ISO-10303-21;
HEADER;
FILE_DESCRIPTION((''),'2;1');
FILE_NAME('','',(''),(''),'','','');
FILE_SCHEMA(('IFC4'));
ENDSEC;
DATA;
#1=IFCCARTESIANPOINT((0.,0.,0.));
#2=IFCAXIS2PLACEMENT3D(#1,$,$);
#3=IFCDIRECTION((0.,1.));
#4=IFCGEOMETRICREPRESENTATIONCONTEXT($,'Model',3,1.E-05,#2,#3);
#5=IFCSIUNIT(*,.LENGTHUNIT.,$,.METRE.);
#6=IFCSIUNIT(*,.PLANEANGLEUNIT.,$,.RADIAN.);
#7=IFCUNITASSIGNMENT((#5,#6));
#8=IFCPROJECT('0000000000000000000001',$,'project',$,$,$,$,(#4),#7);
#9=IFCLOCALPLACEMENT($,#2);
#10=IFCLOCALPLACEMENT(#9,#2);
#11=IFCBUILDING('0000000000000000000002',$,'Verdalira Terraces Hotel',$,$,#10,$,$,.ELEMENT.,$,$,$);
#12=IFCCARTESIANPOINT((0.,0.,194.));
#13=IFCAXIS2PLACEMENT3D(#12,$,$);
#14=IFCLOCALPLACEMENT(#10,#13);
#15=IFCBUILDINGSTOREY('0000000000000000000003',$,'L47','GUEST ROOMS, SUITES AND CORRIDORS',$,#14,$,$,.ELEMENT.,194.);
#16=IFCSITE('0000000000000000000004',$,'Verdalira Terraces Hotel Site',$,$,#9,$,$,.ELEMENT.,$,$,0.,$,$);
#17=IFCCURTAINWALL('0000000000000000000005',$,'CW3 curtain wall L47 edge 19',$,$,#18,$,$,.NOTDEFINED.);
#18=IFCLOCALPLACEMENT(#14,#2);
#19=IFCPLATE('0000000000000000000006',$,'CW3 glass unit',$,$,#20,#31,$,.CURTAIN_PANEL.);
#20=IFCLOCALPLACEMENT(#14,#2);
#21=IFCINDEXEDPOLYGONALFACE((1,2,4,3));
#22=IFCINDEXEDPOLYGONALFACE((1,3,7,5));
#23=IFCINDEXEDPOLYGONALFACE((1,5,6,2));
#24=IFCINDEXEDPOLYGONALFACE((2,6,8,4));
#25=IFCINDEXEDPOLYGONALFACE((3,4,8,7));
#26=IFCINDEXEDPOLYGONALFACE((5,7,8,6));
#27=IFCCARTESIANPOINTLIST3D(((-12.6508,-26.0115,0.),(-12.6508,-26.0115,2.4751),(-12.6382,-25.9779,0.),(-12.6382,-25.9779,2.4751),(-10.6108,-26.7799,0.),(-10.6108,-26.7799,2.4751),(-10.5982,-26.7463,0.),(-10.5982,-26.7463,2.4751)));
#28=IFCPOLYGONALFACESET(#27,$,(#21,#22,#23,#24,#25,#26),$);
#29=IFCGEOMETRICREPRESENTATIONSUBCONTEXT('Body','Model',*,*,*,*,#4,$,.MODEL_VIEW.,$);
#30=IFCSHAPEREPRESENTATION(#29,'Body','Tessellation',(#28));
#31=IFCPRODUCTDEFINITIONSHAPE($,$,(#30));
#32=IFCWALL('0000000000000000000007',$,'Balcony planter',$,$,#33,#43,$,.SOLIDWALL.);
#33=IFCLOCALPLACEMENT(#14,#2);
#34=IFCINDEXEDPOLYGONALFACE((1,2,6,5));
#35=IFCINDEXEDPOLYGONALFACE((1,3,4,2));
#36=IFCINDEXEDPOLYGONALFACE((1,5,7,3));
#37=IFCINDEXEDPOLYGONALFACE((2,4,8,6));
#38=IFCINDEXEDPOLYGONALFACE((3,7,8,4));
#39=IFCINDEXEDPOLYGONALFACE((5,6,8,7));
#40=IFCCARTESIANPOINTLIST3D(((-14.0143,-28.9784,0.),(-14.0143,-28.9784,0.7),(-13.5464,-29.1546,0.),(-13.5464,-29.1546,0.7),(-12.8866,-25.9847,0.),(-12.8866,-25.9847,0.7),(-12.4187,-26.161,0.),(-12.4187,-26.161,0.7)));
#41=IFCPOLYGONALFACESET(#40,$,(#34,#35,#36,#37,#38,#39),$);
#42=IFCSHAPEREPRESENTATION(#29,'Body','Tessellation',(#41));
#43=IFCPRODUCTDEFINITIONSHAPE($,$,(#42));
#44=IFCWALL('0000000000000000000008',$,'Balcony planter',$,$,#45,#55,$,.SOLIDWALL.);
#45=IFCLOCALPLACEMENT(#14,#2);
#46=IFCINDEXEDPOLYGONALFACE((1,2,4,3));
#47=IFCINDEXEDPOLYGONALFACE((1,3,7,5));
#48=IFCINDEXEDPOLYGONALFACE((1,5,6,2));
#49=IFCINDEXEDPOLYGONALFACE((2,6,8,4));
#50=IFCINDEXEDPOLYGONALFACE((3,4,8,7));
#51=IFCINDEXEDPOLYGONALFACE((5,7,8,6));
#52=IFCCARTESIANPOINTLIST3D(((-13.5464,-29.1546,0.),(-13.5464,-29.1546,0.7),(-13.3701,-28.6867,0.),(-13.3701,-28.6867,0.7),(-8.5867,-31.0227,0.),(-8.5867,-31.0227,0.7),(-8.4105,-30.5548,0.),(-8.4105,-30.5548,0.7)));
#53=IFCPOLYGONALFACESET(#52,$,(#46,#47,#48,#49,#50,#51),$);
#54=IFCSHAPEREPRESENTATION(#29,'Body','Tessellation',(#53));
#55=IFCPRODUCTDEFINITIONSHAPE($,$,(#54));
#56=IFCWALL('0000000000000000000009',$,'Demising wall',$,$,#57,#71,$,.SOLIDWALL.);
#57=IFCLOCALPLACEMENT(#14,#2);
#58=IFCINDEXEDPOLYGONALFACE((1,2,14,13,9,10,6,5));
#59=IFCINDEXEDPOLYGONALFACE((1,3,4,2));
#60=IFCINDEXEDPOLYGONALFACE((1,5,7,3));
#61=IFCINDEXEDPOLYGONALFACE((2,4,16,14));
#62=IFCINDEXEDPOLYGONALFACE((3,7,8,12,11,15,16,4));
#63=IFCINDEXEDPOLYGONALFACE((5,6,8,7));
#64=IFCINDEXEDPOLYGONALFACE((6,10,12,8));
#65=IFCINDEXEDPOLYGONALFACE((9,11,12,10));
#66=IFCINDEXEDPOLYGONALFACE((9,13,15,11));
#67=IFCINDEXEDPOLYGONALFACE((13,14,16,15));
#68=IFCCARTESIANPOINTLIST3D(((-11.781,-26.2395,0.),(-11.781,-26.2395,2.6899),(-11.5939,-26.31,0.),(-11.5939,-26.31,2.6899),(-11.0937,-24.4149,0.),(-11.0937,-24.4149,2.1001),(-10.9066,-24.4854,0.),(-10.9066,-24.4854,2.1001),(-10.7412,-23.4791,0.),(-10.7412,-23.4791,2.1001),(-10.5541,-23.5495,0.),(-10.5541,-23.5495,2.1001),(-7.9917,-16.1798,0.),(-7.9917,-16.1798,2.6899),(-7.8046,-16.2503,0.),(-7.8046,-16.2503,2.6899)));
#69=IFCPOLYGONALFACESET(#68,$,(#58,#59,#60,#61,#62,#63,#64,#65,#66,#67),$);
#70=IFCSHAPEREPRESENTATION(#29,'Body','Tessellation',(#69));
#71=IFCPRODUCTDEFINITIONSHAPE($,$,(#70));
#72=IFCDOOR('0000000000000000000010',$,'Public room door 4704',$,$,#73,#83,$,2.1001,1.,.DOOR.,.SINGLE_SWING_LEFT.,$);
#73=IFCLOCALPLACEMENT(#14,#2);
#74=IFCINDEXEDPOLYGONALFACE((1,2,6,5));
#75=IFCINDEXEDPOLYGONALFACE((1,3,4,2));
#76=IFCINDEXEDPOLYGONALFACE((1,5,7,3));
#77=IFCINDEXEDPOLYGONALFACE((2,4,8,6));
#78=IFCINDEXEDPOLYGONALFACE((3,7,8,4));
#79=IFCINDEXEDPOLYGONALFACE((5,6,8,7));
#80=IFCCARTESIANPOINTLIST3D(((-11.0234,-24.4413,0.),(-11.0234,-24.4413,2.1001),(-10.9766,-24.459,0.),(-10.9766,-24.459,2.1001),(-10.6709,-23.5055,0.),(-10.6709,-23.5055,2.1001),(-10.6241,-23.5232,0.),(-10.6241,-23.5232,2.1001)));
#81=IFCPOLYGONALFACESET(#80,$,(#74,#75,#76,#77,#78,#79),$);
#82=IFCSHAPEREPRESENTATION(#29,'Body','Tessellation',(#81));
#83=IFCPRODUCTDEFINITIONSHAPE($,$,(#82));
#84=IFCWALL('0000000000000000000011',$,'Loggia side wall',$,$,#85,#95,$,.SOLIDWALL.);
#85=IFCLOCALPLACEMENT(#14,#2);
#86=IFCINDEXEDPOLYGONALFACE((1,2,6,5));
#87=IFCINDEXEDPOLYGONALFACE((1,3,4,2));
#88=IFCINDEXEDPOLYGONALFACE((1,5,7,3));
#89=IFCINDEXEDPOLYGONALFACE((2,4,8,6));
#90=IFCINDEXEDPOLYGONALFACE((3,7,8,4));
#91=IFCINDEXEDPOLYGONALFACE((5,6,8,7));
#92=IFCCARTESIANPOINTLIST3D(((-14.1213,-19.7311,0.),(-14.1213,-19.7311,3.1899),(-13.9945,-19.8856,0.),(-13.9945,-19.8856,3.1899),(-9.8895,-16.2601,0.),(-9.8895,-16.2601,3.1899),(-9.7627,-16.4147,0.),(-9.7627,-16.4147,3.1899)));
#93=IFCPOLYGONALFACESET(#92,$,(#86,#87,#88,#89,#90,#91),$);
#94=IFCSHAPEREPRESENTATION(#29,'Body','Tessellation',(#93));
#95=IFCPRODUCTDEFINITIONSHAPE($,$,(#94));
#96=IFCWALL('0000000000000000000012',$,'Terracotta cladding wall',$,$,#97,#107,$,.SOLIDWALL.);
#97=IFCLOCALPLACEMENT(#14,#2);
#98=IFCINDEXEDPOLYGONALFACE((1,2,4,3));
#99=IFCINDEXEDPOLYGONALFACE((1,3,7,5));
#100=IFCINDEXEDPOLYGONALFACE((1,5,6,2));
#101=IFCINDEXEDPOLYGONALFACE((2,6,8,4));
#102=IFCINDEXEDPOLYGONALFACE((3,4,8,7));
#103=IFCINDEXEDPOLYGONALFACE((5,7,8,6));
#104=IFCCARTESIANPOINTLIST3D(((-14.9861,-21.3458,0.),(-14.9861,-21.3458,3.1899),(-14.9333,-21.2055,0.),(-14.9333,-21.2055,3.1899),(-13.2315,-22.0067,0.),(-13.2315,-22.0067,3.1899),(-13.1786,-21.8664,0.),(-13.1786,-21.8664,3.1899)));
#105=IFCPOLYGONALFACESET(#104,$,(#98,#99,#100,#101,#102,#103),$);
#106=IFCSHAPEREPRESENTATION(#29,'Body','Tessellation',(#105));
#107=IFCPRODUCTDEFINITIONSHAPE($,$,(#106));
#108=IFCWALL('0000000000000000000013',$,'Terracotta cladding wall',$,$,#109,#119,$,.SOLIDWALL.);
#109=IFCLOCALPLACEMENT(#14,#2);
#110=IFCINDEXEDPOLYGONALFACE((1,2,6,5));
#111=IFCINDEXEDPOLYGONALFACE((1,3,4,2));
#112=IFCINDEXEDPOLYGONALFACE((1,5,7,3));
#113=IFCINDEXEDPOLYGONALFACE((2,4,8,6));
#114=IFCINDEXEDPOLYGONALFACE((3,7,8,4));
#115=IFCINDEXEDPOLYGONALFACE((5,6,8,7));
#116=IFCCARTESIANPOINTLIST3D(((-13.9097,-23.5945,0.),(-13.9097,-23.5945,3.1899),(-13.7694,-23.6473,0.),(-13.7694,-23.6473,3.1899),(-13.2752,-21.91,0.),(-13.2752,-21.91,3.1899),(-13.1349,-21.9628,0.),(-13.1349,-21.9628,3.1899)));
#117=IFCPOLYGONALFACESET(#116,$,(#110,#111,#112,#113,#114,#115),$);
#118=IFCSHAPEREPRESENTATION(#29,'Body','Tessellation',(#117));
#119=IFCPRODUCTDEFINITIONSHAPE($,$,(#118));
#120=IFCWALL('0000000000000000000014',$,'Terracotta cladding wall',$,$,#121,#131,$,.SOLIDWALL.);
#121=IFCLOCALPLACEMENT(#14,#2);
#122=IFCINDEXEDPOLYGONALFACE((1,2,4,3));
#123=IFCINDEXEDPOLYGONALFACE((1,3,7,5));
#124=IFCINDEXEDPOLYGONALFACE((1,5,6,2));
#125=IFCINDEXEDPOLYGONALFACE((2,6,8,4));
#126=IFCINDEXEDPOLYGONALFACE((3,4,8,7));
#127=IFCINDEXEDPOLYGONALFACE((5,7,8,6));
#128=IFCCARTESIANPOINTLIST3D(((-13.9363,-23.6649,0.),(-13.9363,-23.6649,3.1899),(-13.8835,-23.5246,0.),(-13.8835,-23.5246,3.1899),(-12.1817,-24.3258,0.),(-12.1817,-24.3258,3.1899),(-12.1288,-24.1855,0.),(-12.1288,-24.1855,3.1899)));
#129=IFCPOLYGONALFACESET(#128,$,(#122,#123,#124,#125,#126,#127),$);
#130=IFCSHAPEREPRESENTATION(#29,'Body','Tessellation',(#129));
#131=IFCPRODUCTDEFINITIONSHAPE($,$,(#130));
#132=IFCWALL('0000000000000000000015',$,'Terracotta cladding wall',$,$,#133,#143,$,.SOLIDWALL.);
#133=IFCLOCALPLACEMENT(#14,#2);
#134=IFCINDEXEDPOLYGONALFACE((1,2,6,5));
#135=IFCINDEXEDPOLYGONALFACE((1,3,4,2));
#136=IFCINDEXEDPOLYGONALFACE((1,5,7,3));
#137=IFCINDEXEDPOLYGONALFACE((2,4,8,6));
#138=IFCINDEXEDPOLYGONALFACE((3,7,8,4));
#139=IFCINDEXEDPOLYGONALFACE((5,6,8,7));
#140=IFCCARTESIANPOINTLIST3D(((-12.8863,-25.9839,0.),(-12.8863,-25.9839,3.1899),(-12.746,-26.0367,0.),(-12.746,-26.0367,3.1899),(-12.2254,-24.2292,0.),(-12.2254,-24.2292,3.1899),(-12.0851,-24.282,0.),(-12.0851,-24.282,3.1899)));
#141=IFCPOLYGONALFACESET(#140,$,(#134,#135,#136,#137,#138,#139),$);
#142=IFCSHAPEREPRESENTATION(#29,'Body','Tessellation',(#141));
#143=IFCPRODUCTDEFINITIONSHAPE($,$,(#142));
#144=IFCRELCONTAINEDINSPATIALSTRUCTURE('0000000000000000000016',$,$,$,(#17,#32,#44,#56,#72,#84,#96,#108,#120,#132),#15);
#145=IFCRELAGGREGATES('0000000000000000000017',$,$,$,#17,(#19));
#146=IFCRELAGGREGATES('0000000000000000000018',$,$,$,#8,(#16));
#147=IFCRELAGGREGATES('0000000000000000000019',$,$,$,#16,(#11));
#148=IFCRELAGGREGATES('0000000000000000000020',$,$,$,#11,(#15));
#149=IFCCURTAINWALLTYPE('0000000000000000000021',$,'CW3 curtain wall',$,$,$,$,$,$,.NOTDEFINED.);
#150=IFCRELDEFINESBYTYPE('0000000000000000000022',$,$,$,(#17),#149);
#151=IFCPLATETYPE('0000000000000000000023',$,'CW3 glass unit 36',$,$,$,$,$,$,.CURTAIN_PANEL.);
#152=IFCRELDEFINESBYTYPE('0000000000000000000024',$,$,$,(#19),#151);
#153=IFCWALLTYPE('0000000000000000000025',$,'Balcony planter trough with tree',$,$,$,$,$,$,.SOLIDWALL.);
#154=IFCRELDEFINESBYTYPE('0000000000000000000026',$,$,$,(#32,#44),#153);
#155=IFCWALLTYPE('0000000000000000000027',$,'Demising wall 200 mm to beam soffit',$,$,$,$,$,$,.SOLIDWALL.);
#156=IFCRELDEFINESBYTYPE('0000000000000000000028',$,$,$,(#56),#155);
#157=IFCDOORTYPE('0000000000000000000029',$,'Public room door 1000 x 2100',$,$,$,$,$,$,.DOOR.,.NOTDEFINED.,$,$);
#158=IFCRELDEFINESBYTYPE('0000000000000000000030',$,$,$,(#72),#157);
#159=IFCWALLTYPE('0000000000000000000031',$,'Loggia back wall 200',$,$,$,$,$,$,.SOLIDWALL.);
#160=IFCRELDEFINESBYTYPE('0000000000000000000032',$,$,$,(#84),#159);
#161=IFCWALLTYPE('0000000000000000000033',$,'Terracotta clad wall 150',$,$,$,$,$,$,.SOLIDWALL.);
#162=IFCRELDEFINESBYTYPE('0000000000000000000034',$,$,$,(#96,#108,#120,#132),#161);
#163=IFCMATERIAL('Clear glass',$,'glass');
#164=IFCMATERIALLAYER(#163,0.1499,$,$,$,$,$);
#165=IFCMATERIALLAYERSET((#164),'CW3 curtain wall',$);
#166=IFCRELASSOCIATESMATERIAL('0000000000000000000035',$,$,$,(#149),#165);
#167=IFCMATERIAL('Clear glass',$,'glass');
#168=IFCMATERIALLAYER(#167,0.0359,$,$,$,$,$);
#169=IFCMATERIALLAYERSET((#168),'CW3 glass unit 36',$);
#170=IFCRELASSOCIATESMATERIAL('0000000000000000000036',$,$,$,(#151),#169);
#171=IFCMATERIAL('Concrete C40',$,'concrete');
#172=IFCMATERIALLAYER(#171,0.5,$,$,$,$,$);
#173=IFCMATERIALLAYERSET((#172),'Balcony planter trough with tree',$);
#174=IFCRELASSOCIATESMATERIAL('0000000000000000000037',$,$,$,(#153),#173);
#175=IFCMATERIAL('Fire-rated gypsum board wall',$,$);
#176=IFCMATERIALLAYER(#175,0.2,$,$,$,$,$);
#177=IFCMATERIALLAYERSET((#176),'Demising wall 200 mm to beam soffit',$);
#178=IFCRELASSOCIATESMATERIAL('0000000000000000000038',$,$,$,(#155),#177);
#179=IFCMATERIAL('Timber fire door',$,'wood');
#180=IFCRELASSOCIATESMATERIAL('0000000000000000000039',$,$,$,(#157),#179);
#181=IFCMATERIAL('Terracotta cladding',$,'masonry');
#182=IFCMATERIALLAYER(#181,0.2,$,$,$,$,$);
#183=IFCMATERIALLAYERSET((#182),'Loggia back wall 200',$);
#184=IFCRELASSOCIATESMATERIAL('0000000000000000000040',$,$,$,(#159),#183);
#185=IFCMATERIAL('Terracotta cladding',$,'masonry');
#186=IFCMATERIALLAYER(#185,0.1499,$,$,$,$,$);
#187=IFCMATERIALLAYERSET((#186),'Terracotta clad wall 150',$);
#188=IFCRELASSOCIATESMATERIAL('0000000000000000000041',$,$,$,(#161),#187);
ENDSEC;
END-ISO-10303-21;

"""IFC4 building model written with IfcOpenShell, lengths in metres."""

from ifc_helpers import new_model, si_unit, direction, frame, frame_2d, origin, origin_2d, place, context, subcontext, project, spatial, rectangle, extrude, material, layer, layer_set, type_object, element, fill, aggregate, save


model = new_model("IFC4")

# Units and contexts
model_context = context("Model", 3, precision=1e-05, world=origin(), true_north=direction((0.0, 1.0)))
body_context = subcontext(model_context, "Body", "Model", "MODEL_VIEW")
ifc_project = project(units=[si_unit("LENGTHUNIT", "METRE"), si_unit("PLANEANGLEUNIT", "RADIAN")], contexts=[model_context])

# Site, building, storey
site_placement = place(None, origin())
site = spatial("IfcSite", under=ifc_project, at=site_placement, Name="Verdalira Terraces Hotel Site", CompositionType="ELEMENT", RefElevation=0.0)
building_placement = place(site_placement, origin())
building = spatial("IfcBuilding", under=site, at=building_placement, Name="Verdalira Terraces Hotel", CompositionType="ELEMENT")
storey_placement = place(building_placement, frame((0.0, 0.0, 194.0)))
storey = spatial("IfcBuildingStorey", under=building, at=storey_placement, Name="L47", Description="GUEST ROOMS, SUITES AND CORRIDORS", CompositionType="ELEMENT", Elevation=194.0)

# Curtain wall
ifc_material_1 = material(Name="Clear glass", Category="glass")
ifc_layer_1 = layer(ifc_material_1, 0.1499)
ifc_layer_set_1 = layer_set([ifc_layer_1], Name="CW3 curtain wall")
curtain_wall_type_1 = type_object("IfcCurtainWallType", Name="CW3 curtain wall", PredefinedType="NOTDEFINED", material=ifc_layer_set_1)
curtain_wall_1_placement = place(storey_placement, origin())
curtain_wall_1 = element("IfcCurtainWall", 1, at=curtain_wall_1_placement, inside=storey, type_object=curtain_wall_type_1, Name="CW3 curtain wall L47 edge 19", PredefinedType="NOTDEFINED")

# Plate
ifc_material_2 = material(Name="Clear glass", Category="glass")
ifc_layer_2 = layer(ifc_material_2, 0.0359)
ifc_layer_set_2 = layer_set([ifc_layer_2], Name="CW3 glass unit 36")
plate_type_1 = type_object("IfcPlateType", Name="CW3 glass unit 36", PredefinedType="CURTAIN_PANEL", material=ifc_layer_set_2)
plate_1_placement = place(storey_placement, frame((-11.6245, -26.3789, 0.0), z_axis=(0.0, 0.0, 1.0), x_axis=(0.935814, -0.352495, 0.0)))
plate_1 = element("IfcPlate", 2, at=plate_1_placement, type_object=plate_type_1, Name="CW3 glass unit", PredefinedType="CURTAIN_PANEL", context=body_context, shape_type="SweptSolid", body=[
    extrude(rectangle(XDim=2.1799, YDim=0.0359, at=origin_2d()), origin(), (0.0, 0.0, 1.0), 2.4751),
])
aggregate(curtain_wall_1, [plate_1])

# Walls
ifc_material_3 = material(Name="Concrete C40", Category="concrete")
ifc_layer_3 = layer(ifc_material_3, 0.5)
ifc_layer_set_3 = layer_set([ifc_layer_3], Name="Balcony planter trough with tree")
wall_type_1 = type_object("IfcWallType", Name="Balcony planter trough with tree", PredefinedType="SOLIDWALL", material=ifc_layer_set_3)
wall_1_placement = place(storey_placement, frame((-12.6526, -26.0728, 0.0), z_axis=(0.0, 0.0, 1.0), x_axis=(-0.352511, -0.935808, 0.0)))
element("IfcWall", 3, at=wall_1_placement, inside=storey, type_object=wall_type_1, Name="Balcony planter", PredefinedType="SOLIDWALL", context=body_context, shape_type="SweptSolid", body=[
    extrude(rectangle(XDim=3.199, YDim=0.5, at=frame_2d((1.5996, 0.0))), origin(), (0.0, 0.0, 1.0), 0.7),
])
wall_2_placement = place(storey_placement, frame((-13.4583, -28.9207, 0.0), z_axis=(0.0, 0.0, 1.0), x_axis=(0.935815, -0.352491, 0.0)))
element("IfcWall", 4, at=wall_2_placement, inside=storey, type_object=wall_type_1, Name="Balcony planter", PredefinedType="SOLIDWALL", context=body_context, shape_type="SweptSolid", body=[
    extrude(rectangle(XDim=5.2998, YDim=0.5, at=frame_2d((2.6499, 0.0))), origin(), (0.0, 0.0, 1.0), 0.7),
])

# Wall, opening, door
ifc_material_4 = material(Name="Fire-rated gypsum board wall")
ifc_layer_4 = layer(ifc_material_4, 0.2)
ifc_layer_set_4 = layer_set([ifc_layer_4], Name="Demising wall 200 mm to beam soffit")
wall_type_2 = type_object("IfcWallType", Name="Demising wall 200 mm to beam soffit", PredefinedType="SOLIDWALL", material=ifc_layer_set_4)
wall_3_placement = place(storey_placement, frame((-11.6875, -26.2749, 0.0), z_axis=(0.0, 0.0, 1.0), x_axis=(0.352499, 0.935812, 0.0)))
wall_3 = element("IfcWall", 5, at=wall_3_placement, inside=storey, type_object=wall_type_2, Name="Demising wall", PredefinedType="SOLIDWALL", context=body_context, shape_type="SweptSolid", body=[
    extrude(rectangle(XDim=10.7498, YDim=0.2, at=frame_2d((5.375, 0.0))), origin(), (0.0, 0.0, 1.0), 2.6899),
])
opening_1_placement = place(wall_3_placement, frame((1.95, 0.0, 0.0)))
opening_1 = element("IfcOpeningElement", 6, at=opening_1_placement, cuts=wall_3, PredefinedType="OPENING", context=body_context, shape_type="SweptSolid", body=[
    extrude(rectangle(XDim=1.0, YDim=2.1001, at=frame_2d((0.5, 1.05))), frame((0.0, 0.1099, 0.0), z_axis=(0.0, -1.0, 0.0), x_axis=(1.0, 0.0, 0.0)), (0.0, 0.0, 1.0), 0.22),
])
ifc_material_5 = material(Name="Timber fire door", Category="wood")
door_type_1 = type_object("IfcDoorType", Name="Public room door 1000 x 2100", OperationType="NOTDEFINED", PredefinedType="DOOR", material=ifc_material_5)
door_1_placement = place(opening_1_placement, origin())
door_1 = element("IfcDoor", 7, at=door_1_placement, inside=storey, type_object=door_type_1, Name="Public room door 4704", OperationType="SINGLE_SWING_LEFT", OverallHeight=2.1001, OverallWidth=1.0, PredefinedType="DOOR", context=body_context, shape_type="SweptSolid", body=[
    extrude(rectangle(XDim=1.0, YDim=2.1001, at=frame_2d((0.5, 1.05))), frame((0.0, 0.0249, 0.0), z_axis=(0.0, -1.0, 0.0), x_axis=(1.0, 0.0, 0.0)), (0.0, 0.0, 1.0), 0.05),
])
fill(opening_1, door_1)

# Walls
ifc_material_6 = material(Name="Terracotta cladding", Category="masonry")
ifc_layer_5 = layer(ifc_material_6, 0.2)
ifc_layer_set_5 = layer_set([ifc_layer_5], Name="Loggia back wall 200")
wall_type_3 = type_object("IfcWallType", Name="Loggia back wall 200", PredefinedType="SOLIDWALL", material=ifc_layer_set_5)
wall_4_placement = place(storey_placement, frame((-14.0579, -19.8084, 0.0), z_axis=(0.0, 0.0, 1.0), x_axis=(0.773182, 0.634185, 0.0)))
element("IfcWall", 8, at=wall_4_placement, inside=storey, type_object=wall_type_3, Name="Loggia side wall", PredefinedType="SOLIDWALL", context=body_context, shape_type="SweptSolid", body=[
    extrude(rectangle(XDim=5.4731, YDim=0.2, at=frame_2d((2.7366, 0.0))), origin(), (0.0, 0.0, 1.0), 3.1899),
])
ifc_material_7 = material(Name="Terracotta cladding", Category="masonry")
ifc_layer_6 = layer(ifc_material_7, 0.1499)
ifc_layer_set_6 = layer_set([ifc_layer_6], Name="Terracotta clad wall 150")
wall_type_4 = type_object("IfcWallType", Name="Terracotta clad wall 150", PredefinedType="SOLIDWALL", material=ifc_layer_set_6)
wall_5_placement = place(storey_placement, frame((-14.9597, -21.2756, 0.0), z_axis=(0.0, 0.0, 1.0), x_axis=(0.93582, -0.352479, 0.0)))
element("IfcWall", 9, at=wall_5_placement, inside=storey, type_object=wall_type_4, Name="Terracotta cladding wall", PredefinedType="SOLIDWALL", context=body_context, shape_type="SweptSolid", body=[
    extrude(rectangle(XDim=1.875, YDim=0.1499, at=frame_2d((0.9375, 0.0))), origin(), (0.0, 0.0, 1.0), 3.1899),
])
wall_6_placement = place(storey_placement, frame((-13.2051, -21.9365, 0.0), z_axis=(0.0, 0.0, 1.0), x_axis=(-0.35249, -0.935815, 0.0)))
element("IfcWall", 10, at=wall_6_placement, inside=storey, type_object=wall_type_4, Name="Terracotta cladding wall", PredefinedType="SOLIDWALL", context=body_context, shape_type="SweptSolid", body=[
    extrude(rectangle(XDim=1.8, YDim=0.1499, at=frame_2d((0.8999, 0.0))), origin(), (0.0, 0.0, 1.0), 3.1899),
])
for number, where, z_axis, x_axis, name in (
    (11, (-13.9099, -23.5947, 0.0), (0.0, 0.0, 1.0), (0.93582, -0.352479, 0.0), "Terracotta cladding wall"),
    (12, (-12.1553, -24.2556, 0.0), (0.0, 0.0, 1.0), (-0.352479, -0.93582, 0.0), "Terracotta cladding wall"),
):
    element("IfcWall", number, at=place(storey_placement, frame(where, z_axis=z_axis, x_axis=x_axis)), inside=storey, type_object=wall_type_4, Name=name, PredefinedType="SOLIDWALL", context=body_context, shape_type="SweptSolid", body=[
        extrude(rectangle(XDim=1.875, YDim=0.1499, at=frame_2d((0.9375, 0.0))), origin(), (0.0, 0.0, 1.0), 3.1899),
    ])

save(model, "model.ifc")
